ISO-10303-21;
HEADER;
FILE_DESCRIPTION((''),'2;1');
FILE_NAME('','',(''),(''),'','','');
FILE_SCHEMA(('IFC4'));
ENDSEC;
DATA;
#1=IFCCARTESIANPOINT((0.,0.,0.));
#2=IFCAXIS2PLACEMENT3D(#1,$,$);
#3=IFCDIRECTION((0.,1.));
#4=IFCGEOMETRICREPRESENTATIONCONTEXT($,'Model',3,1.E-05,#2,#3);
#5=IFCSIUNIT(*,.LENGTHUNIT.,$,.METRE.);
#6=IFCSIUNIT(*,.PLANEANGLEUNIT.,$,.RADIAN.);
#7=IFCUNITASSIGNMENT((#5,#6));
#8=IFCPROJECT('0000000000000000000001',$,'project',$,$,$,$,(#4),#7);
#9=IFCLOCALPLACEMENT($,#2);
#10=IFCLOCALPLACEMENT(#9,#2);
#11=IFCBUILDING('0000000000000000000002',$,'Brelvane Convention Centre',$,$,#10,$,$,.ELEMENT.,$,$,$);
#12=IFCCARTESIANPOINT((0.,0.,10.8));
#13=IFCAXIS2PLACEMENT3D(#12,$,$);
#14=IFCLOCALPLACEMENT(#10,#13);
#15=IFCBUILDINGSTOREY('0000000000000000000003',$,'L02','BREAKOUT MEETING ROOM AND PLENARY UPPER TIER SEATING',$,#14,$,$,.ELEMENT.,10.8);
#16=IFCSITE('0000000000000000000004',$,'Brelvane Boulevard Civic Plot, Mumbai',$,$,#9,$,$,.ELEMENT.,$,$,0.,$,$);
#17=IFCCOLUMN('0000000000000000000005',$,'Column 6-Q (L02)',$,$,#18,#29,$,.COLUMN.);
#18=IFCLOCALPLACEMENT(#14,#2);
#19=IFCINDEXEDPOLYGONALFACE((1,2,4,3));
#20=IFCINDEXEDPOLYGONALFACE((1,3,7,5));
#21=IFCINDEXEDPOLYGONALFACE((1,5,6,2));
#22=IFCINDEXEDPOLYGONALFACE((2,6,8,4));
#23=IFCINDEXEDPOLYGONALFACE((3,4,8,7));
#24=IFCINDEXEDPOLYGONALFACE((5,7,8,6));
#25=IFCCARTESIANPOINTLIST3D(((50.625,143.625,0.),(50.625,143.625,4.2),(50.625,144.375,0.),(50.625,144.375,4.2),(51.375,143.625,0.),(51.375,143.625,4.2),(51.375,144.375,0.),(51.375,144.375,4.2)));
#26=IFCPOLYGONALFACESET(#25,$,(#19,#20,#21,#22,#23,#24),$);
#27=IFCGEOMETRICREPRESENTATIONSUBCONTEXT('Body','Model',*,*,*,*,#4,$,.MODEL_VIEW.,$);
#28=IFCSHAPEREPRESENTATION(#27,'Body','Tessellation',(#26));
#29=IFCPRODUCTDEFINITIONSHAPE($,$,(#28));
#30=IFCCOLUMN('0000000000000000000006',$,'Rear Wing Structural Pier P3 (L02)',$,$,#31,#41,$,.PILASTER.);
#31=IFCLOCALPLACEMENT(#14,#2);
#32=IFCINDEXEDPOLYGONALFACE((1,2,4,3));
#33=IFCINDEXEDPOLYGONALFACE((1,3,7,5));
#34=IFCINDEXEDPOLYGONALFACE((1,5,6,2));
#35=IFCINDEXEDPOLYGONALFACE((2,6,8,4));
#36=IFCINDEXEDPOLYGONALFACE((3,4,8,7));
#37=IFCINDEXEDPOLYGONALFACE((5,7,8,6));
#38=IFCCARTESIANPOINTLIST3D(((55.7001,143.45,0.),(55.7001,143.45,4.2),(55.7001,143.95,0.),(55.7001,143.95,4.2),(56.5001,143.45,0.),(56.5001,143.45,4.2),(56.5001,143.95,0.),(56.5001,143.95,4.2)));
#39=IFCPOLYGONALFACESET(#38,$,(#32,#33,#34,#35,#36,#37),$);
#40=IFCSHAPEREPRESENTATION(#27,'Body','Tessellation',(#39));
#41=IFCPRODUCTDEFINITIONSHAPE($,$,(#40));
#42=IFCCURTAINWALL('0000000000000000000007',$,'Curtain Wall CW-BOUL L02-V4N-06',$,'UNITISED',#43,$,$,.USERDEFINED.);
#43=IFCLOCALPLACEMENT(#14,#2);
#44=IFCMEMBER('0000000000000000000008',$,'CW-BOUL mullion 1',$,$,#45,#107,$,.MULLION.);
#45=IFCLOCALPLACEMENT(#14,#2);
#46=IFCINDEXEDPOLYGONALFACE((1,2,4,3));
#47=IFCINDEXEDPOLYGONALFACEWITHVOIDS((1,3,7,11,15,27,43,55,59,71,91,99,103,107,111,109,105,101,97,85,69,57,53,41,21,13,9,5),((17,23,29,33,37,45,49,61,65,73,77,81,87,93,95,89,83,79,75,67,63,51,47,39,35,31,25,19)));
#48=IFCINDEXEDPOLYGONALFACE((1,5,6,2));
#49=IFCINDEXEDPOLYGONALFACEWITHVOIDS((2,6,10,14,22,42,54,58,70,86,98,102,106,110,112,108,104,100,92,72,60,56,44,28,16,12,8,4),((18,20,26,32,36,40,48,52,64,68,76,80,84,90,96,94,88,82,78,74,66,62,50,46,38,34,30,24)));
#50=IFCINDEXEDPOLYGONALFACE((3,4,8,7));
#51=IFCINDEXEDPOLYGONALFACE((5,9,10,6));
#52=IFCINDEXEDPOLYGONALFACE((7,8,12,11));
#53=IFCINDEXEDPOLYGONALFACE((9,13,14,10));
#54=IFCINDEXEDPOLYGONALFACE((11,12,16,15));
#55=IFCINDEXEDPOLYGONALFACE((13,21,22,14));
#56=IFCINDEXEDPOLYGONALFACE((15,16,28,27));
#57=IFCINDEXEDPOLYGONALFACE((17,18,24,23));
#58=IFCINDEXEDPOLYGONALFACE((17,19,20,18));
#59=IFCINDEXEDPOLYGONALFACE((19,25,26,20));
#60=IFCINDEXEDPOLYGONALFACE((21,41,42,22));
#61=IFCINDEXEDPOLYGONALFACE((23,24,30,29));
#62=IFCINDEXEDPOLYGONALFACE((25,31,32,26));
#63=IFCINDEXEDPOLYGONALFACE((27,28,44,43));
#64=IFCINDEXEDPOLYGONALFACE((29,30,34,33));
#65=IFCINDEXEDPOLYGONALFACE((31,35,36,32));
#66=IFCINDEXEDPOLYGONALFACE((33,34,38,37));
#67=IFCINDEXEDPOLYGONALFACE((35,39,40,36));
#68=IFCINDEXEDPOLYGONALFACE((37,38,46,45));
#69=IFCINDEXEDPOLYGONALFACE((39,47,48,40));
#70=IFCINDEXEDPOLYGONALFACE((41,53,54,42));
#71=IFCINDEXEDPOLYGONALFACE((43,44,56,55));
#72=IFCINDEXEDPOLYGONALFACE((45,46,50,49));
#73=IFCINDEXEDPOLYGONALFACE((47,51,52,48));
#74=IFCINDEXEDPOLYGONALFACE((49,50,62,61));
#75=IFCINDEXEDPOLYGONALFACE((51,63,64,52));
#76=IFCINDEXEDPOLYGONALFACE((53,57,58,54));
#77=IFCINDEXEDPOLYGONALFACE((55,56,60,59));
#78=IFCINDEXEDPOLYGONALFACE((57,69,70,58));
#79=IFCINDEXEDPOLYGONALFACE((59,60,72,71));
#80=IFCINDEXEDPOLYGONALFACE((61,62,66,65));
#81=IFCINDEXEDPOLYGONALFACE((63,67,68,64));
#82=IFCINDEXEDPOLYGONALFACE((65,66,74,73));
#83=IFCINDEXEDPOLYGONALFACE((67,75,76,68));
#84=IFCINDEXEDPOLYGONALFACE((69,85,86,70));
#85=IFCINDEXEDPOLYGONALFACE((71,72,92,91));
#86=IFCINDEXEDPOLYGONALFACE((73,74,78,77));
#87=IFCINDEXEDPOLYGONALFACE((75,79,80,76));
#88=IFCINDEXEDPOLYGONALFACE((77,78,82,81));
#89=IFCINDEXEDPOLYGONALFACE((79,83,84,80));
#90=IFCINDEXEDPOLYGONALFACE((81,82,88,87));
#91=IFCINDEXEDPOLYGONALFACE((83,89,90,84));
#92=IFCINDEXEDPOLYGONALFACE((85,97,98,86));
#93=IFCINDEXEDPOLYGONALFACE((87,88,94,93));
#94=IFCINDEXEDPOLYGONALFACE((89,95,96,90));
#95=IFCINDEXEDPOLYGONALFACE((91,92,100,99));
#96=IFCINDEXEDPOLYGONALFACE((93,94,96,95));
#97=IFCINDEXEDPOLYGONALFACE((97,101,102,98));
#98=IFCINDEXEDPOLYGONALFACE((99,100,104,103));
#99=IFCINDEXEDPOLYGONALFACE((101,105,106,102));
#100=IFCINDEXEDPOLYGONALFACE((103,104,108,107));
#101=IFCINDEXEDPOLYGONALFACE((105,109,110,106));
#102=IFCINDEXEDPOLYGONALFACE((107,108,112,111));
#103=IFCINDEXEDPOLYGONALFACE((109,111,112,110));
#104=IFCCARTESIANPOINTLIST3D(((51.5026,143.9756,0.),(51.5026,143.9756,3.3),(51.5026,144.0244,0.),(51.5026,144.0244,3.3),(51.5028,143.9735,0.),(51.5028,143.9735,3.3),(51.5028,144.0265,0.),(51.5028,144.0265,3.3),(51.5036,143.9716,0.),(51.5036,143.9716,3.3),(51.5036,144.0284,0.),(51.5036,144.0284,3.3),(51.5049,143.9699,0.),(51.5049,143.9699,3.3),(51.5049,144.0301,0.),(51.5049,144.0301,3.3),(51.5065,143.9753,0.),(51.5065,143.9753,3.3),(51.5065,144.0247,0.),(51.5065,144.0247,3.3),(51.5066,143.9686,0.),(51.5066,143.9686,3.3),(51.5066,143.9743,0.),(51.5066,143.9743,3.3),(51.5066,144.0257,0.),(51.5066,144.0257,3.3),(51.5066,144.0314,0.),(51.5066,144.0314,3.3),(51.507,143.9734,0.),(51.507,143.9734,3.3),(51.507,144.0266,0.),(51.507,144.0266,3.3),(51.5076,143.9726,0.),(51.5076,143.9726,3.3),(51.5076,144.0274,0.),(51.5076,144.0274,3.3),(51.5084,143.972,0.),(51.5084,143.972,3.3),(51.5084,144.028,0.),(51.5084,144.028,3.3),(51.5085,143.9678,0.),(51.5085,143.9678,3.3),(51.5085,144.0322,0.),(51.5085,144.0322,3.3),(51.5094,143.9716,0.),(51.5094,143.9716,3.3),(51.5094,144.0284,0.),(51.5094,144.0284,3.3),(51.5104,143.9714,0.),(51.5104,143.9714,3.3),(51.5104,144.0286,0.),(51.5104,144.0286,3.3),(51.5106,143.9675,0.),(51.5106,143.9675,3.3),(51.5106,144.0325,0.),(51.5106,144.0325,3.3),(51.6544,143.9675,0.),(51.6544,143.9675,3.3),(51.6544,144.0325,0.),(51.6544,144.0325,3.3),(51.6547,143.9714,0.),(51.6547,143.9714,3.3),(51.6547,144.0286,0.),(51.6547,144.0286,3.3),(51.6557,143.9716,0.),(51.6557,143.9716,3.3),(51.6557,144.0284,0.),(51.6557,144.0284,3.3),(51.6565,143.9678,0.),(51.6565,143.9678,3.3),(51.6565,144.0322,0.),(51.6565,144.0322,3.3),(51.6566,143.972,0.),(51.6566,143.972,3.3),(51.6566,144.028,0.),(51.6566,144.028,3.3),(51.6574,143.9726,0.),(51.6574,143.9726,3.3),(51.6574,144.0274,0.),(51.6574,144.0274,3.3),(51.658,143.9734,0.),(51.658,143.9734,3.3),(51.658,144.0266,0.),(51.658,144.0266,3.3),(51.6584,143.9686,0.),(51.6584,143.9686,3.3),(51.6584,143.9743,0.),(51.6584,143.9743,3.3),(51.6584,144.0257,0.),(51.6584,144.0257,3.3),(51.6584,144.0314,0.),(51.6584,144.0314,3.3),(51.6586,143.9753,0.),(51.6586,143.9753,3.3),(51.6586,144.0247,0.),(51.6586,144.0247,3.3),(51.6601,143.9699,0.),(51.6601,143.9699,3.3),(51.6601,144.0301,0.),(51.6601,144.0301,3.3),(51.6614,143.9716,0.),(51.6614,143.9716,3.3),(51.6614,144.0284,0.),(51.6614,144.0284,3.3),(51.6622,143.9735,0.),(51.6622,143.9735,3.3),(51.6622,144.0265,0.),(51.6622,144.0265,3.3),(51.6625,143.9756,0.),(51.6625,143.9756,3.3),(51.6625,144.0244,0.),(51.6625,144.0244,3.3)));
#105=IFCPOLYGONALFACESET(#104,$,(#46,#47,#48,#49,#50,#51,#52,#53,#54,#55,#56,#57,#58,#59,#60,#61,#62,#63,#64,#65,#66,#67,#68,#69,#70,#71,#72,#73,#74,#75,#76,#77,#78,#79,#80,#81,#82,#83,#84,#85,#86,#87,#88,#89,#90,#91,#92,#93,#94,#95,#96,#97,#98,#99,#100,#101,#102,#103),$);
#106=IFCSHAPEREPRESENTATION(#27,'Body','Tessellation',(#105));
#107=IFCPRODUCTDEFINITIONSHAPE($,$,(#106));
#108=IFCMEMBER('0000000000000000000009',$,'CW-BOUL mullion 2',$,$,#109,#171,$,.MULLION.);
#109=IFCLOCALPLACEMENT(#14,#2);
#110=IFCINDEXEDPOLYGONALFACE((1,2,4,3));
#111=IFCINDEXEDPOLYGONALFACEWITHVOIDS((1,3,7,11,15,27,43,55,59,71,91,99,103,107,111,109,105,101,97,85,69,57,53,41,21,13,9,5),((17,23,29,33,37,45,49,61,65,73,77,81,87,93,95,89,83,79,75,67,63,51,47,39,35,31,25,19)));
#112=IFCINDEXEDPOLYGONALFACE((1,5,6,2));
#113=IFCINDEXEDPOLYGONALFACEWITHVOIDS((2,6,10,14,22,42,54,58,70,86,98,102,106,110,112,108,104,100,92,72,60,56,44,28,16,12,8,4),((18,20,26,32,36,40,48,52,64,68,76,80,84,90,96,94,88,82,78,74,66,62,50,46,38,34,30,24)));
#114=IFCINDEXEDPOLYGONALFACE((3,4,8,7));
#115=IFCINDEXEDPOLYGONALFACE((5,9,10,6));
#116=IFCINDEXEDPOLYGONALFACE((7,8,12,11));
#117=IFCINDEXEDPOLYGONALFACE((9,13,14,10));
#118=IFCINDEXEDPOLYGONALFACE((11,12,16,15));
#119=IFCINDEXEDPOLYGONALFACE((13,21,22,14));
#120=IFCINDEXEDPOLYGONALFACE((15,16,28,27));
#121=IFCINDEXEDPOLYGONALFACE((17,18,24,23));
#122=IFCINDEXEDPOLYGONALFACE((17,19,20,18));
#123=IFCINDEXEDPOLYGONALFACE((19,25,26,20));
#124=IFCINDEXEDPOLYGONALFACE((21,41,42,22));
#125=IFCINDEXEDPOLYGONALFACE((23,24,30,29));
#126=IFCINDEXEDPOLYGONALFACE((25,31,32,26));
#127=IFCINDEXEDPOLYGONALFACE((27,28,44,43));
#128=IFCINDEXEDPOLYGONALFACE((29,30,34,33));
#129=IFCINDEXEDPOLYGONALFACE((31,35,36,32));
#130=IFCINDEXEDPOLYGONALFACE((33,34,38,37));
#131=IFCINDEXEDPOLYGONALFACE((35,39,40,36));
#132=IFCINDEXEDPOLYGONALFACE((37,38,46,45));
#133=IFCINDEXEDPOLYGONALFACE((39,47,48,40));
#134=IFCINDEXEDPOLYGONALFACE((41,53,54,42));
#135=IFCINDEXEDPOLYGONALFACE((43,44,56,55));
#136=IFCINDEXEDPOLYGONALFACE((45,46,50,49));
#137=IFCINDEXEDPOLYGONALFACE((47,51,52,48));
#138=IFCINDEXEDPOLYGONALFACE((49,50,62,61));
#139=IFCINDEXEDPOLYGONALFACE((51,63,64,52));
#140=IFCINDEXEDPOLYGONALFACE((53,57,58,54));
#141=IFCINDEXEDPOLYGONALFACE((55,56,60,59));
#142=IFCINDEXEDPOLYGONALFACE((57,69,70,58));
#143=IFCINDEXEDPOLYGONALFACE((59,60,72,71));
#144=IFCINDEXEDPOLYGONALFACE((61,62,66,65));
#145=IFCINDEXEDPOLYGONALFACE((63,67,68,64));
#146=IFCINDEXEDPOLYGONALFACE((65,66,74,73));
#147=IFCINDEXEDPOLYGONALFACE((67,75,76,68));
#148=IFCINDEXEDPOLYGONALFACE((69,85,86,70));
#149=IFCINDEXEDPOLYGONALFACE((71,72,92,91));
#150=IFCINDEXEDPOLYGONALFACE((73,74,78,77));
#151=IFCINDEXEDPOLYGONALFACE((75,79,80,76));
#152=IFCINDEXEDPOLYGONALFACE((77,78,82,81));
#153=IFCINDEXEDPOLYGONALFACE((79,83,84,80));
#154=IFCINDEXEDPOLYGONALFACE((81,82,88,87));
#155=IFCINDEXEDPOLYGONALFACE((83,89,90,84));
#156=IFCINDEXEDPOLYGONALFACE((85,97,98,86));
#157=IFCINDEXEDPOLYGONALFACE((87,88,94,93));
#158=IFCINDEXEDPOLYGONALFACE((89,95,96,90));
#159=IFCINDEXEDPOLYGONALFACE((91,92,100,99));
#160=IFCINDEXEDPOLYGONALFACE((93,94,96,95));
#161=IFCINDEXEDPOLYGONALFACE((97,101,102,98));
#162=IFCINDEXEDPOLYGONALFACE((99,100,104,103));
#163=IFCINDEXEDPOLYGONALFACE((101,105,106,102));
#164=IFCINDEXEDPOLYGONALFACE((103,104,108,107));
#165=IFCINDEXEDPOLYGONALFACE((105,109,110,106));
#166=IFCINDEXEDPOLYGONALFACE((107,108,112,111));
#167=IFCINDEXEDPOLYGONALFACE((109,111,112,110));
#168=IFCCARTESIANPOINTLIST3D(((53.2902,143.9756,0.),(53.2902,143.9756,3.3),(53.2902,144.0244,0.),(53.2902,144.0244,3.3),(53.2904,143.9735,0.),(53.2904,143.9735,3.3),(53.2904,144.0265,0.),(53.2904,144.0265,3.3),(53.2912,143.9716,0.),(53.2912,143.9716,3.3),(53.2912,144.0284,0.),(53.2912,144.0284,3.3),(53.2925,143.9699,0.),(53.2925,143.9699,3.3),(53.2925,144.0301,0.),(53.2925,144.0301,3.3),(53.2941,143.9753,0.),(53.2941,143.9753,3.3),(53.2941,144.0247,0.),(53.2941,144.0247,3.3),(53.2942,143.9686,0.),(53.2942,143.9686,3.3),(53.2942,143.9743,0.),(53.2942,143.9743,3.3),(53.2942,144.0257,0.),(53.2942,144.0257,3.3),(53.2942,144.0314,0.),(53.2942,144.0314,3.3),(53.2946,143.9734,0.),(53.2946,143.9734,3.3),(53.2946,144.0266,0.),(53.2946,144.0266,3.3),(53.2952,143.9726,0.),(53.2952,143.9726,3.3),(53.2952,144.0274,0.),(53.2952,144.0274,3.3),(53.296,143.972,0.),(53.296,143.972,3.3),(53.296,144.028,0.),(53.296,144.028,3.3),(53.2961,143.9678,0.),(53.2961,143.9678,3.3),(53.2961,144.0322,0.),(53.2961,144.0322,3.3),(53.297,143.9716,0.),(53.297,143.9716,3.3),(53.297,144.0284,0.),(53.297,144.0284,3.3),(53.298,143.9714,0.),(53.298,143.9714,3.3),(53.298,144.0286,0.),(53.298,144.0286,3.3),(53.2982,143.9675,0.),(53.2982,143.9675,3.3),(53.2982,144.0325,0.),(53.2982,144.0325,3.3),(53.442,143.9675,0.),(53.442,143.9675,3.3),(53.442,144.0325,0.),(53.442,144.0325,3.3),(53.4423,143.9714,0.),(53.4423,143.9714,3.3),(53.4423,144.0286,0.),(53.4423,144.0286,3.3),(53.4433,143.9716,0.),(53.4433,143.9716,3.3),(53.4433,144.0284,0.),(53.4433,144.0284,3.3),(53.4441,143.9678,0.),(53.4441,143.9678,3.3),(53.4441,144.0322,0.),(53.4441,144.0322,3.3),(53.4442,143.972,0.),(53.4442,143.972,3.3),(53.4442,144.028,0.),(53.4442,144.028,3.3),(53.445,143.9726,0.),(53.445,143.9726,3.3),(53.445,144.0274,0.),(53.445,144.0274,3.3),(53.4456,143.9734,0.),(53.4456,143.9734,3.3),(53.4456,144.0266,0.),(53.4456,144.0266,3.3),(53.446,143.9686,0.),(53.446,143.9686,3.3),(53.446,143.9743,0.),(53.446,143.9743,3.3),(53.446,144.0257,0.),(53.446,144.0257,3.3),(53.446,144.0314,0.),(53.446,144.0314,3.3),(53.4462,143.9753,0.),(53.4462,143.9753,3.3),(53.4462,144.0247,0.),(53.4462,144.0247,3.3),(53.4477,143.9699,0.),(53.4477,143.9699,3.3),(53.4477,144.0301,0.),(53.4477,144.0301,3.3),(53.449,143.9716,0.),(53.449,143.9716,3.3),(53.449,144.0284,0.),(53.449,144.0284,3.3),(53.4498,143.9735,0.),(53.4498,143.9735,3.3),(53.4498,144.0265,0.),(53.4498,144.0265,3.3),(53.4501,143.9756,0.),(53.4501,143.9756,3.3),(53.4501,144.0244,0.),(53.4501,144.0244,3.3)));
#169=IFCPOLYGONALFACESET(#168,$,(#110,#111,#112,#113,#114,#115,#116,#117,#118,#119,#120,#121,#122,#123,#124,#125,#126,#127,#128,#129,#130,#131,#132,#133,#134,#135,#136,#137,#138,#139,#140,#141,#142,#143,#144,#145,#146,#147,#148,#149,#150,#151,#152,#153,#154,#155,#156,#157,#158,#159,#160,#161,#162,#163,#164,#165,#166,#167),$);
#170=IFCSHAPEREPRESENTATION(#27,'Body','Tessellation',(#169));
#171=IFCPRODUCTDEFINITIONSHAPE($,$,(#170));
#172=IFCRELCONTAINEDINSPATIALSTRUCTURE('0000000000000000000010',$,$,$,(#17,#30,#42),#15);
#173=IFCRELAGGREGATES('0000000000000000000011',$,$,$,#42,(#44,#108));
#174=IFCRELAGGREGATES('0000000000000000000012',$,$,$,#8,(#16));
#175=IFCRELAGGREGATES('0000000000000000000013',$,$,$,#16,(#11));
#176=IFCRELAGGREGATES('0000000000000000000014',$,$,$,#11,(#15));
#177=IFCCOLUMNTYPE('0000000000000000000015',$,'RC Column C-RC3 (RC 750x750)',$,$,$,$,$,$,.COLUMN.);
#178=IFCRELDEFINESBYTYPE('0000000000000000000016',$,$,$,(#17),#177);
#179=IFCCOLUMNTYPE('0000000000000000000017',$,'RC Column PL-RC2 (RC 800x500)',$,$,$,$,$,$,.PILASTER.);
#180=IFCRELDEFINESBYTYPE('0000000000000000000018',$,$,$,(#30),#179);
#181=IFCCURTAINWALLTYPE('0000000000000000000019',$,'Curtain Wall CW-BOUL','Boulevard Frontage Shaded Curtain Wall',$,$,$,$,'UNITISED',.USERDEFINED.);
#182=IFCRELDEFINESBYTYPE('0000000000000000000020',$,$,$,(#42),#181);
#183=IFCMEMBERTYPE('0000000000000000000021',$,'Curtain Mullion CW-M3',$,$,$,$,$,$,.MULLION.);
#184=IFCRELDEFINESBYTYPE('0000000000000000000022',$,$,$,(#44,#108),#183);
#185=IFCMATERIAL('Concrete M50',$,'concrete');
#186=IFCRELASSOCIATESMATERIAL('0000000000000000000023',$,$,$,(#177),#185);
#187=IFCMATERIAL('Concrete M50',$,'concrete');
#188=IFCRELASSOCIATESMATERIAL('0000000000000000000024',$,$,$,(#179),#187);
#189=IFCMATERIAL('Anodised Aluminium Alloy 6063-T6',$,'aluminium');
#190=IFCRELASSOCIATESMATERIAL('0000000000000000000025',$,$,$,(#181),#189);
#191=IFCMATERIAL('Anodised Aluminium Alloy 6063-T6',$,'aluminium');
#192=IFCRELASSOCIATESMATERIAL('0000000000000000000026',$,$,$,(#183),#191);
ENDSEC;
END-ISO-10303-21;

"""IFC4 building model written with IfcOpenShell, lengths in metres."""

from ifc_helpers import new_model, si_unit, direction, frame, origin, origin_2d, place, context, subcontext, project, spatial, rectangle, hollow_rectangle, extrude, material, material_profile, profile_set, type_object, element, aggregate, save


model = new_model("IFC4")

# Units and contexts
model_context = context("Model", 3, precision=1e-05, world=origin(), true_north=direction((0.0, 1.0)))
body_context = subcontext(model_context, "Body", "Model", "MODEL_VIEW")
ifc_project = project(units=[si_unit("LENGTHUNIT", "METRE"), si_unit("PLANEANGLEUNIT", "RADIAN")], contexts=[model_context])

# Site, building, storey
site_placement = place(None, origin())
site = spatial("IfcSite", under=ifc_project, at=site_placement, Name="Brelvane Boulevard Civic Plot, Mumbai", CompositionType="ELEMENT", RefElevation=0.0)
building_placement = place(site_placement, origin())
building = spatial("IfcBuilding", under=site, at=building_placement, Name="Brelvane Convention Centre", CompositionType="ELEMENT")
storey_placement = place(building_placement, frame((0.0, 0.0, 10.8)))
storey = spatial("IfcBuildingStorey", under=building, at=storey_placement, Name="L02", Description="BREAKOUT MEETING ROOM AND PLENARY UPPER TIER SEATING", CompositionType="ELEMENT", Elevation=10.8)

# Columns
ifc_material_1 = material(Name="Concrete M50", Category="concrete")
ifc_material_profile_1 = material_profile(ifc_material_1, rectangle(XDim=0.75, YDim=0.75, at=origin_2d()), Name="RC 750x750")
ifc_profile_set_1 = profile_set([ifc_material_profile_1], Name="Concrete M50")
column_type_1 = type_object("IfcColumnType", Name="RC Column C-RC3 (RC 750x750)", PredefinedType="COLUMN", material=ifc_profile_set_1)
column_1_placement = place(storey_placement, frame((51.0, 144.0, 0.0), z_axis=(0.0, 0.0, 1.0), x_axis=(1.0, 0.0, 0.0)))
element("IfcColumn", 1, at=column_1_placement, inside=storey, type_object=column_type_1, Name="Column 6-Q (L02)", PredefinedType="COLUMN", context=body_context, shape_type="SweptSolid", body=[
    extrude(rectangle(XDim=0.75, YDim=0.75, at=origin_2d()), origin(), (0.0, 0.0, 1.0), 4.2),
])
ifc_material_2 = material(Name="Concrete M50", Category="concrete")
ifc_material_profile_2 = material_profile(ifc_material_2, rectangle(XDim=0.8, YDim=0.5, at=origin_2d()), Name="RC 800x500")
ifc_profile_set_2 = profile_set([ifc_material_profile_2], Name="Concrete M50")
column_type_2 = type_object("IfcColumnType", Name="RC Column PL-RC2 (RC 800x500)", PredefinedType="PILASTER", material=ifc_profile_set_2)
column_2_placement = place(storey_placement, frame((56.1001, 143.7, 0.0), z_axis=(0.0, 0.0, 1.0), x_axis=(1.0, 0.0, 0.0)))
element("IfcColumn", 2, at=column_2_placement, inside=storey, type_object=column_type_2, Name="Rear Wing Structural Pier P3 (L02)", PredefinedType="PILASTER", context=body_context, shape_type="SweptSolid", body=[
    extrude(rectangle(XDim=0.8, YDim=0.5, at=origin_2d()), origin(), (0.0, 0.0, 1.0), 4.2),
])

# Curtain wall, members
ifc_material_3 = material(Name="Anodised Aluminium Alloy 6063-T6", Category="aluminium")
curtain_wall_type = type_object("IfcCurtainWallType", Name="Curtain Wall CW-BOUL", Description="Boulevard Frontage Shaded Curtain Wall", ElementType="UNITISED", PredefinedType="USERDEFINED", material=ifc_material_3)
curtain_wall_placement = place(storey_placement, origin())
curtain_wall = element("IfcCurtainWall", 3, at=curtain_wall_placement, inside=storey, type_object=curtain_wall_type, Name="Curtain Wall CW-BOUL L02-V4N-06", ObjectType="UNITISED", PredefinedType="USERDEFINED")
ifc_material_4 = material(Name="Anodised Aluminium Alloy 6063-T6", Category="aluminium")
ifc_material_profile_3 = material_profile(ifc_material_4, hollow_rectangle(XDim=0.0649, YDim=0.1599, WallThickness=0.0039, InnerFilletRadius=0.0039, OuterFilletRadius=0.0081, at=origin_2d()), Name="ALU-M 160x65x4.0")
ifc_profile_set_3 = profile_set([ifc_material_profile_3], Name="Anodised Aluminium Alloy 6063-T6")
member_type_1 = type_object("IfcMemberType", Name="Curtain Mullion CW-M3", PredefinedType="MULLION", material=ifc_profile_set_3)
member_1_placement = place(storey_placement, frame((51.5825, 144.0, 0.0), z_axis=(0.0, 0.0, 1.0), x_axis=(0.0, 1.0, 0.0)))
member_1 = element("IfcMember", 4, at=member_1_placement, type_object=member_type_1, Name="CW-BOUL mullion 1", PredefinedType="MULLION", context=body_context, shape_type="SweptSolid", body=[
    extrude(hollow_rectangle(XDim=0.0649, YDim=0.1599, WallThickness=0.0039, InnerFilletRadius=0.0039, OuterFilletRadius=0.0081, at=origin_2d()), origin(), (0.0, 0.0, 1.0), 3.3),
])
member_2_placement = place(storey_placement, frame((53.3701, 144.0, 0.0), z_axis=(0.0, 0.0, 1.0), x_axis=(0.0, 1.0, 0.0)))
member_2 = element("IfcMember", 5, at=member_2_placement, type_object=member_type_1, Name="CW-BOUL mullion 2", PredefinedType="MULLION", context=body_context, shape_type="SweptSolid", body=[
    extrude(hollow_rectangle(XDim=0.0649, YDim=0.1599, WallThickness=0.0039, InnerFilletRadius=0.0039, OuterFilletRadius=0.0081, at=origin_2d()), origin(), (0.0, 0.0, 1.0), 3.3),
])

aggregate(curtain_wall, [member_1, member_2])

save(model, "model.ifc")
